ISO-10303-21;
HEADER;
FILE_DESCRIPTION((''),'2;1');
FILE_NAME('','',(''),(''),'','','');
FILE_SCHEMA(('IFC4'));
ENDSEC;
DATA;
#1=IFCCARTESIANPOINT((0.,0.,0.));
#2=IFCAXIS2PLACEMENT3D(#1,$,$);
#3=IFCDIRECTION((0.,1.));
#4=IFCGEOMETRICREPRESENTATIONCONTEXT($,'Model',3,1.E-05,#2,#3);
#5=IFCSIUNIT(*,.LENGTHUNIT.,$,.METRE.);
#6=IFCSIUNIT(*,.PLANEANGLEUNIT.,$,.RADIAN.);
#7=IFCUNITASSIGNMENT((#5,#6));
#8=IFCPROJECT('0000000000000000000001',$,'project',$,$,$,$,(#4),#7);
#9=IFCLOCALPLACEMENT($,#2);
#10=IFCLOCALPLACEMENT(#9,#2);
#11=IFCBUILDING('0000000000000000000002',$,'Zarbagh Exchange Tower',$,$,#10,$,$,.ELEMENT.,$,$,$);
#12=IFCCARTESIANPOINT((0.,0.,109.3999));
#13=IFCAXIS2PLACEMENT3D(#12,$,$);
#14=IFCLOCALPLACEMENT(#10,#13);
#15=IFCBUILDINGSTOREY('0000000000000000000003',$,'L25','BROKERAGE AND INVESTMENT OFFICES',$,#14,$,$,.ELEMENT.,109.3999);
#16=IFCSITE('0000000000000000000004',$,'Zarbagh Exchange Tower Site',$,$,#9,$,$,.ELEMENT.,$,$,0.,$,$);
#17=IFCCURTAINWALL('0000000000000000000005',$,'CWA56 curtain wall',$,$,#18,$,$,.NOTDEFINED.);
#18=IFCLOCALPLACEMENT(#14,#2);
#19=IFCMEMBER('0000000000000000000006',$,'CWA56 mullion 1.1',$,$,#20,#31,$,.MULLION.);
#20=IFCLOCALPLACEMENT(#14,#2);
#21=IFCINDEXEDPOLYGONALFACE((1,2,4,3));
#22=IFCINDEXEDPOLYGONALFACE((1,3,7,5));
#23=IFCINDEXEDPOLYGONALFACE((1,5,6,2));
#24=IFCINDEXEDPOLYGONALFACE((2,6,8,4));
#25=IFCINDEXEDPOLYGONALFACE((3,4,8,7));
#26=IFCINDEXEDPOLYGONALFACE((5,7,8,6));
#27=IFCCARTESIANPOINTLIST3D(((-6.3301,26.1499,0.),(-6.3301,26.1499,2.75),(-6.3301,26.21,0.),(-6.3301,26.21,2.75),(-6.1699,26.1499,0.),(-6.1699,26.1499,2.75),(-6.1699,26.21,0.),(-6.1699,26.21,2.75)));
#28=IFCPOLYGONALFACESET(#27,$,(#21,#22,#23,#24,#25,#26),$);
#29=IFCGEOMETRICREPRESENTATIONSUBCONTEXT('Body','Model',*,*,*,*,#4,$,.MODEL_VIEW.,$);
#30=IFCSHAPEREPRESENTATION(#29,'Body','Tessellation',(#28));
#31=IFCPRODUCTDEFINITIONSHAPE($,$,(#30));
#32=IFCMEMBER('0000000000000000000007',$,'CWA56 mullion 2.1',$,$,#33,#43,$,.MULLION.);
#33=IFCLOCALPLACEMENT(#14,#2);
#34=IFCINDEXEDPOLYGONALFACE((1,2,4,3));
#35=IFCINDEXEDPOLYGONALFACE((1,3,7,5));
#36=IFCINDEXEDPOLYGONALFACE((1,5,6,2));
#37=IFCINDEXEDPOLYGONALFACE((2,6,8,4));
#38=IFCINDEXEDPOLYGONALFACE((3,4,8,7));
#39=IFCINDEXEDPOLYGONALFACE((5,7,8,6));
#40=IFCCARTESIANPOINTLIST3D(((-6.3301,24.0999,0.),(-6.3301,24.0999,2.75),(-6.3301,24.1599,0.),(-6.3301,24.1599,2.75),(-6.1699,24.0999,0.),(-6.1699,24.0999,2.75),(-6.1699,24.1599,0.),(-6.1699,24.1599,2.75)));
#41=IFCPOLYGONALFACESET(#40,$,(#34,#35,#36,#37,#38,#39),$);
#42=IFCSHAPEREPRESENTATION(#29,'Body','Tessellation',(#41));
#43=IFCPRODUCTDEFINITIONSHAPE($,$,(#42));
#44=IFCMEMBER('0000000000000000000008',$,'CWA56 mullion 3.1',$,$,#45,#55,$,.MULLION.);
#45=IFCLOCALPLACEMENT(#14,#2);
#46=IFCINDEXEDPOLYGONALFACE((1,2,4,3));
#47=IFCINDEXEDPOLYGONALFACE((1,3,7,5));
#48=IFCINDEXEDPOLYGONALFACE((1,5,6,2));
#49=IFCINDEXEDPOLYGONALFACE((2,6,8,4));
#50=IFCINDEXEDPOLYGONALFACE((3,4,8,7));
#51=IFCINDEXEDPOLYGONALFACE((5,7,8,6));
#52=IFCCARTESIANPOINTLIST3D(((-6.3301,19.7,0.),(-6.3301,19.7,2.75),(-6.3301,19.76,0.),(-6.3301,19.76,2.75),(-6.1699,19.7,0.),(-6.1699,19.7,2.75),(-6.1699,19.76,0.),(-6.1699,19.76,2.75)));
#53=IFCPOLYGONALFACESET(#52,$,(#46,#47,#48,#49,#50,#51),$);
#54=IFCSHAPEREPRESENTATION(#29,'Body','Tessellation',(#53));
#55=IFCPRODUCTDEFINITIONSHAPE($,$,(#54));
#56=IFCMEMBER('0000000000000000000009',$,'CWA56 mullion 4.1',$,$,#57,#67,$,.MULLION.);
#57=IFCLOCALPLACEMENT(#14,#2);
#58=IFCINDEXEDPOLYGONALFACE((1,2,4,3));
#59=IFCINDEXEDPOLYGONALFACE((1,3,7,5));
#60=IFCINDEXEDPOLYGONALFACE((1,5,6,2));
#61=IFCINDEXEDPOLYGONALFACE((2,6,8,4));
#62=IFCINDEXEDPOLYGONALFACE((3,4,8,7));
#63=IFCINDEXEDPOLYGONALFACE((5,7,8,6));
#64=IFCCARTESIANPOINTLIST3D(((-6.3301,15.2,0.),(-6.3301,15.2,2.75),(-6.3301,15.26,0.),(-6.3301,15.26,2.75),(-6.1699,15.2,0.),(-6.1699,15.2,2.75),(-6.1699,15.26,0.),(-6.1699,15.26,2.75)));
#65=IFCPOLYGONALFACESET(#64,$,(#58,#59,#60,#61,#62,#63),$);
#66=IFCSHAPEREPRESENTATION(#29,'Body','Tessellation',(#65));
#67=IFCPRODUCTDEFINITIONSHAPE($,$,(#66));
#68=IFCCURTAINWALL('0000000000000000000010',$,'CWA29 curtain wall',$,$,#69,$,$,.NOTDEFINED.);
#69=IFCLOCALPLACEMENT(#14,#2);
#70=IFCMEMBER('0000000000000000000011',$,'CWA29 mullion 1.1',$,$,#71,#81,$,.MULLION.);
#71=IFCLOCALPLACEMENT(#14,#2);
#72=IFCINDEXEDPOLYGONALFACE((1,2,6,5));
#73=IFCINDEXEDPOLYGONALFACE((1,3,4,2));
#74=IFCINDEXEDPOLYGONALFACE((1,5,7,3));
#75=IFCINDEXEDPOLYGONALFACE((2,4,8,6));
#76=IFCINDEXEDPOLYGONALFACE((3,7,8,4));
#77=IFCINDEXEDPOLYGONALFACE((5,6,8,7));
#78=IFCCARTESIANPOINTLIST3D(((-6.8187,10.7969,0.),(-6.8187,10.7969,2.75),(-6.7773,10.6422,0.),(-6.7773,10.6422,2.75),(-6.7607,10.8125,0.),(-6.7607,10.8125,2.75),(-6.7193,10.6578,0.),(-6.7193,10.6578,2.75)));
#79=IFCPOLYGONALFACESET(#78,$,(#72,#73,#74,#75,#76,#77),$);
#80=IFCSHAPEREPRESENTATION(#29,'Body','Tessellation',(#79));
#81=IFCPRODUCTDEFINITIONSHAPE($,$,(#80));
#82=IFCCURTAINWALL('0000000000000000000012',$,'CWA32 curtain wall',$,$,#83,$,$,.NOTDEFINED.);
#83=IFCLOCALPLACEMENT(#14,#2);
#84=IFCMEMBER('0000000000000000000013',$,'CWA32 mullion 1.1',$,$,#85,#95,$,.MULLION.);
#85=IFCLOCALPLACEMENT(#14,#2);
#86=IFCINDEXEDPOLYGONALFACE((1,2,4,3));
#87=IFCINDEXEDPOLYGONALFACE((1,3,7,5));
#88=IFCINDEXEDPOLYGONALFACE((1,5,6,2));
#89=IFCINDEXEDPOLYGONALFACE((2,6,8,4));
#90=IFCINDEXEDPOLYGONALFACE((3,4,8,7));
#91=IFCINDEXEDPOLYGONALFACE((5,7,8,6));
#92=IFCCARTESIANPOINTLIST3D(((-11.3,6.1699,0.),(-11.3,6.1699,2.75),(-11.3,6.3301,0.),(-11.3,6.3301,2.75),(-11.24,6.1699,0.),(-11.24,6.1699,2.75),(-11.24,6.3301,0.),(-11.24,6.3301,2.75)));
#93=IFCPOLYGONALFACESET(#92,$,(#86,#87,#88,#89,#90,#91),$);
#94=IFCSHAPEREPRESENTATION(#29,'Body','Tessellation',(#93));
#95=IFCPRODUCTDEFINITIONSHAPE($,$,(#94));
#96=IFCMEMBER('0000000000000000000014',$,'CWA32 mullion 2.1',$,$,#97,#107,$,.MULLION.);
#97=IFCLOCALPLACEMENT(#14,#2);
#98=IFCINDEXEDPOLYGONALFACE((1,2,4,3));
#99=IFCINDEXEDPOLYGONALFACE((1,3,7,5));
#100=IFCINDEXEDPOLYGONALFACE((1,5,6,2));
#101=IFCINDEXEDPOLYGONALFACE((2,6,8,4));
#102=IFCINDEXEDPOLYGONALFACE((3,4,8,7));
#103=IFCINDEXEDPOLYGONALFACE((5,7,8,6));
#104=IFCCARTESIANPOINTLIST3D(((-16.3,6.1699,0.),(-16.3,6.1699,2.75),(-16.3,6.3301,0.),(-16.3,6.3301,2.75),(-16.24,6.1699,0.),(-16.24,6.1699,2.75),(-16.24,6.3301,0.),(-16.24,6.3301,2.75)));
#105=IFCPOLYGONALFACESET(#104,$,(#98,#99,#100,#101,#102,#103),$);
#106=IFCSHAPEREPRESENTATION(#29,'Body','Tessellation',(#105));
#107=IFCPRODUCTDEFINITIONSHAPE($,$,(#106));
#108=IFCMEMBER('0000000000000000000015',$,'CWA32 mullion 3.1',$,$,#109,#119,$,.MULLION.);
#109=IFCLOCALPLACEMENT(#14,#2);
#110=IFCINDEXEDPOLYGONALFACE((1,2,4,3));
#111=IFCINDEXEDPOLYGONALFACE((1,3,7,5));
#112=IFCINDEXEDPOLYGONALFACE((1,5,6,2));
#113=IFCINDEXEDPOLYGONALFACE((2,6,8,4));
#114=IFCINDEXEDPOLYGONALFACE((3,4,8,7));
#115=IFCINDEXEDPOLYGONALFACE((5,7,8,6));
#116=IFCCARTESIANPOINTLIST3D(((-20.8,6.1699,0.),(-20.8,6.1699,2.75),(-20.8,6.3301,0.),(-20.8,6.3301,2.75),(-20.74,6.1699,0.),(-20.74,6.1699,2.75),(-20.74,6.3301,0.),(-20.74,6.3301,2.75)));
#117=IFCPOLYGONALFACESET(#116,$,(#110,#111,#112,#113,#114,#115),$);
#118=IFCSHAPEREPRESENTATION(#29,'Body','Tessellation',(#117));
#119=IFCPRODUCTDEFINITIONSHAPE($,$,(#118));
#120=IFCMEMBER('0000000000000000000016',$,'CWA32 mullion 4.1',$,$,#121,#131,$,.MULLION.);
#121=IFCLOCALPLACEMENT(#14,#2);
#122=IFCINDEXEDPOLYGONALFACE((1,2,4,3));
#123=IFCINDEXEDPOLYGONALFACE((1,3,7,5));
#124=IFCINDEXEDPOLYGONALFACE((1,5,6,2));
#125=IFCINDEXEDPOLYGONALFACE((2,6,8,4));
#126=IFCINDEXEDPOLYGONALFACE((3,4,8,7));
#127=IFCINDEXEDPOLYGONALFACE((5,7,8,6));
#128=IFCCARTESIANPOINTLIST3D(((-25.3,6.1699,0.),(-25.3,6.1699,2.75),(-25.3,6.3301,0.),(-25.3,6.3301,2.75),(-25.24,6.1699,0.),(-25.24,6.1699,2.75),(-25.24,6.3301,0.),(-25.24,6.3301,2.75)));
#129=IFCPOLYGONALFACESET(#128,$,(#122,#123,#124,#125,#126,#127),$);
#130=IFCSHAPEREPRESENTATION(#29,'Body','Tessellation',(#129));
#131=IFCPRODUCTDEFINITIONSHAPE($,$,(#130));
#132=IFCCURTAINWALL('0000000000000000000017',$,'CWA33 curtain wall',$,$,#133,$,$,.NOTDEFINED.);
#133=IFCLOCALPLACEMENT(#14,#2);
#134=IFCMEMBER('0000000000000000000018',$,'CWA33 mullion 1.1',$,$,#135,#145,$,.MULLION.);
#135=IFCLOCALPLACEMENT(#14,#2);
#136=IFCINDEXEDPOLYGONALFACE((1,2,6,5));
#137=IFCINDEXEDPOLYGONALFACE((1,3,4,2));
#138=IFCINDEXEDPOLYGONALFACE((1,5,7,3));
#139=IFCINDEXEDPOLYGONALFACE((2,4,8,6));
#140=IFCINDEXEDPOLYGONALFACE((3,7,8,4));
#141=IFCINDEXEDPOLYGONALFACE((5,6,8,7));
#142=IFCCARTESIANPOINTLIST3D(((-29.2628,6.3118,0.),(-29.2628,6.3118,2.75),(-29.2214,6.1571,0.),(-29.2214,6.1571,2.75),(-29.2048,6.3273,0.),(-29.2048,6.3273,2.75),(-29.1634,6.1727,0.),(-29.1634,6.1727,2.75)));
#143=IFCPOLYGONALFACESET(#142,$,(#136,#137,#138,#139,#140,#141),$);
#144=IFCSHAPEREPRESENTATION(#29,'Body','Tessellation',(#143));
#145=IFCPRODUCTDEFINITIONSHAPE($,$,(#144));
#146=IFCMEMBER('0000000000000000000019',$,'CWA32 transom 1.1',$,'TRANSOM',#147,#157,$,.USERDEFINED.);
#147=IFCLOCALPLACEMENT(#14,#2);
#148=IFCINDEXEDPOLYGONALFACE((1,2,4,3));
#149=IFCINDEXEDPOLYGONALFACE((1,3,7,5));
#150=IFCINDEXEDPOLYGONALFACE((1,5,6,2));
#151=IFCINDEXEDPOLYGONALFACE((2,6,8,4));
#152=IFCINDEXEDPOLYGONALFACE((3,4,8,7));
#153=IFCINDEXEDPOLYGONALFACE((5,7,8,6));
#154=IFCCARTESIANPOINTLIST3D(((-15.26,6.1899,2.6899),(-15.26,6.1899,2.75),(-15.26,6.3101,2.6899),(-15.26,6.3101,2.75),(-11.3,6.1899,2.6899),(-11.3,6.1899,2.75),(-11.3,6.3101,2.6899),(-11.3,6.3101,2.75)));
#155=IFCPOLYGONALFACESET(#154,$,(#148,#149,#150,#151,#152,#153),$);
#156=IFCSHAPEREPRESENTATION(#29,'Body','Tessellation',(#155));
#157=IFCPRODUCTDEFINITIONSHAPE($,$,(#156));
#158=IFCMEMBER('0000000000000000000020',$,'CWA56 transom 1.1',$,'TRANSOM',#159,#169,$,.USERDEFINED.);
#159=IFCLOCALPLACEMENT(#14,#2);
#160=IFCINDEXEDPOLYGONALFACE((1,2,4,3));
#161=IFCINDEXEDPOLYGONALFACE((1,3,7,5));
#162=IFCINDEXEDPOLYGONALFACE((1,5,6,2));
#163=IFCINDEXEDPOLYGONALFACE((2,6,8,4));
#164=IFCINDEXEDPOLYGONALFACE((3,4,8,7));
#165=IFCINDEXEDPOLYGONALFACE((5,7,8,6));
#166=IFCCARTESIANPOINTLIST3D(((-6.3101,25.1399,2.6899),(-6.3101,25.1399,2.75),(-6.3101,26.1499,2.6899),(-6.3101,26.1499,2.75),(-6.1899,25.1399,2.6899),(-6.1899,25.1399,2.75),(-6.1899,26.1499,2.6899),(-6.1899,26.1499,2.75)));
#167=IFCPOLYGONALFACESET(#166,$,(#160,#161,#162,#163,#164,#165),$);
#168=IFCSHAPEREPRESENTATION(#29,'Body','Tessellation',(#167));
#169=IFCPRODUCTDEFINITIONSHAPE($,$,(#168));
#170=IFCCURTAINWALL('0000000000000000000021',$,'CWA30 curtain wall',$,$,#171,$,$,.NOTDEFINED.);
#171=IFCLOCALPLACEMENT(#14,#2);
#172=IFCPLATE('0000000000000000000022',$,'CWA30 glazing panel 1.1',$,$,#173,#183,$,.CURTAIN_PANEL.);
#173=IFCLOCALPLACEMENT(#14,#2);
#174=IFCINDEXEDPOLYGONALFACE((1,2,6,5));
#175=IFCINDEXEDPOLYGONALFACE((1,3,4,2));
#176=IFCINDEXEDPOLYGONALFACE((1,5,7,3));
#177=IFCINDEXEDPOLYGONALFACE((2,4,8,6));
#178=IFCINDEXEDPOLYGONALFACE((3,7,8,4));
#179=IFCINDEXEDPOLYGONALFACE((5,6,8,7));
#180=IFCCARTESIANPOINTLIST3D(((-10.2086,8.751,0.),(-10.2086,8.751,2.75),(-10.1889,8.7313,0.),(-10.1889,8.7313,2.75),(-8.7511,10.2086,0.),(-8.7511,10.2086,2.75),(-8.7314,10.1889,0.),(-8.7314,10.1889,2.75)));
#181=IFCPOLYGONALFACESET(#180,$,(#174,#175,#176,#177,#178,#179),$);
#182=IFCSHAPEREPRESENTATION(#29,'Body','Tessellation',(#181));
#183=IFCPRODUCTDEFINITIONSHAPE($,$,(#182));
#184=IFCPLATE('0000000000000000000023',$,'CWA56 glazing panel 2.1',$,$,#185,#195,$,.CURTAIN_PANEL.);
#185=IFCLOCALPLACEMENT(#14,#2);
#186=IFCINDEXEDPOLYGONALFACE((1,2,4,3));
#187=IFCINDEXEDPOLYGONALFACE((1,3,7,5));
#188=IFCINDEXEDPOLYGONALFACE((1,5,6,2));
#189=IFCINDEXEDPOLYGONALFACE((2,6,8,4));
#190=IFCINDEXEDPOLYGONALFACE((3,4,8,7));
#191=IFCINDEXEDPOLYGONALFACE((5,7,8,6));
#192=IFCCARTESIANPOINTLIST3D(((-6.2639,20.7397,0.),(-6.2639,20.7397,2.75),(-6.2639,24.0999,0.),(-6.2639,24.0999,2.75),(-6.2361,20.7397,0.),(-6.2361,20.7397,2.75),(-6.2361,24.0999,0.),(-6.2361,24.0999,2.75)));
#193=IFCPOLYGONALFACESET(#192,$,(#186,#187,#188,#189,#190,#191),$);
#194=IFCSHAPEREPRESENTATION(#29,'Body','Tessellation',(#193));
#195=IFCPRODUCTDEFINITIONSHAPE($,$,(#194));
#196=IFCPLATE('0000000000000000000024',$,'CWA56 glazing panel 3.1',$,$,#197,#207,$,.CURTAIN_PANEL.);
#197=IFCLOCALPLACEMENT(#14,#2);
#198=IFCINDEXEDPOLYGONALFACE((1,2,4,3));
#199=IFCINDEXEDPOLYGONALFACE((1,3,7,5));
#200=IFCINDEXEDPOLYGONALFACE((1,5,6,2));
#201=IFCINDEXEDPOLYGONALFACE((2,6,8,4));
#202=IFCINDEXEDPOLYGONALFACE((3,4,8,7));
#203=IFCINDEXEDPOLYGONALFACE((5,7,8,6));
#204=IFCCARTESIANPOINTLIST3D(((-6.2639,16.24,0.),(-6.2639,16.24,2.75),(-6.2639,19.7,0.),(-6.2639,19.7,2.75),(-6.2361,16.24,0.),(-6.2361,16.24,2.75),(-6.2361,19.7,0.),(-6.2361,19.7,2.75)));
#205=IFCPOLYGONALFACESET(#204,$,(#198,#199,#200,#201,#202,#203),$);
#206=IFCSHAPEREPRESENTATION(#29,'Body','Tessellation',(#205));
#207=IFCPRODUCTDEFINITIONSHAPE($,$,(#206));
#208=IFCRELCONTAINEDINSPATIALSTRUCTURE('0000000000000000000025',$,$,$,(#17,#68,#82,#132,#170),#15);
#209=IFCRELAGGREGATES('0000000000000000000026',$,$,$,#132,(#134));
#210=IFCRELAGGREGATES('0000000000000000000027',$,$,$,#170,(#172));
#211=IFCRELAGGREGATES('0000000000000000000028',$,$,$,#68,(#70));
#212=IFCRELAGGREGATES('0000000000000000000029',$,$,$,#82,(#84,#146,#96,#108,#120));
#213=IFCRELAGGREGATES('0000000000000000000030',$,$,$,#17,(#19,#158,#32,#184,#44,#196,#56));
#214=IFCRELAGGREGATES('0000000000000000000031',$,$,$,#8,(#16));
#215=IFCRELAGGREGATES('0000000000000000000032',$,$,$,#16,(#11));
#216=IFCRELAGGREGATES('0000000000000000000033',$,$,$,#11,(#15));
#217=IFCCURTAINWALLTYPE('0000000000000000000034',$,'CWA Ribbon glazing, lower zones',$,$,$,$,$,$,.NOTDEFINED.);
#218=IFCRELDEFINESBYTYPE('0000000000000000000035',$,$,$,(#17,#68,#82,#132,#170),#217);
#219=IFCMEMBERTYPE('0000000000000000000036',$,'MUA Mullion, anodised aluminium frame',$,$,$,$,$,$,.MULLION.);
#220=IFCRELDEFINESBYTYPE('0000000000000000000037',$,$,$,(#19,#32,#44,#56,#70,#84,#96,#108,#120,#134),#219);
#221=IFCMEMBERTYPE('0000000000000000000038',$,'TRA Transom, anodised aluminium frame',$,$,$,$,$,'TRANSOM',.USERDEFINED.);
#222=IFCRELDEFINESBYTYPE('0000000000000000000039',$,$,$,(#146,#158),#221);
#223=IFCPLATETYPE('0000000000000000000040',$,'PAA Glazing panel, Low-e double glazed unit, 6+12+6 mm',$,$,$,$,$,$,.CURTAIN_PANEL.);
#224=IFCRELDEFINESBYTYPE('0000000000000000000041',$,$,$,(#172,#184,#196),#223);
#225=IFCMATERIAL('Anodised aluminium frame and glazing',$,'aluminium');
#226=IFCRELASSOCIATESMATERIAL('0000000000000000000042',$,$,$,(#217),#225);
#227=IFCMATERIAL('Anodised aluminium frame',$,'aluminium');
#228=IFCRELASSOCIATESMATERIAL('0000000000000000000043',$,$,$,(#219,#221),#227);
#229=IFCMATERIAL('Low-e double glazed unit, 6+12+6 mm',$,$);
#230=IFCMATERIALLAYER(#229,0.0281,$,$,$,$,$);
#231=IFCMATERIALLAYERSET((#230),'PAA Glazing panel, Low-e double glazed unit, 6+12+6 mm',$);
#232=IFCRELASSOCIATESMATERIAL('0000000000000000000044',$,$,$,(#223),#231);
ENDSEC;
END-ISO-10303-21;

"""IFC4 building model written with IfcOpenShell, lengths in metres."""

from ifc_helpers import new_model, si_unit, direction, frame, origin, place, context, subcontext, project, spatial, polyline, outline, extrude, source, transform, mapped, material, layer, layer_set, type_object, element, aggregate, save


model = new_model("IFC4")

# Units and contexts
model_context = context("Model", 3, precision=1e-05, world=origin(), true_north=direction((0.0, 1.0)))
body_context = subcontext(model_context, "Body", "Model", "MODEL_VIEW")
ifc_project = project(units=[si_unit("LENGTHUNIT", "METRE"), si_unit("PLANEANGLEUNIT", "RADIAN")], contexts=[model_context])

# Site, building, storey
site_placement = place(None, origin())
site = spatial("IfcSite", under=ifc_project, at=site_placement, Name="Zarbagh Exchange Tower Site", CompositionType="ELEMENT", RefElevation=0.0)
building_placement = place(site_placement, origin())
building = spatial("IfcBuilding", under=site, at=building_placement, Name="Zarbagh Exchange Tower", CompositionType="ELEMENT")
storey_placement = place(building_placement, frame((0.0, 0.0, 109.3999)))
storey = spatial("IfcBuildingStorey", under=building, at=storey_placement, Name="L25", Description="BROKERAGE AND INVESTMENT OFFICES", CompositionType="ELEMENT", Elevation=109.3999)

# Curtain wall, members
ifc_material_1 = material(Name="Anodised aluminium frame and glazing", Category="aluminium")
curtain_wall_type = type_object("IfcCurtainWallType", Name="CWA Ribbon glazing, lower zones", PredefinedType="NOTDEFINED", material=ifc_material_1)
curtain_wall_1_placement = place(storey_placement, origin())
curtain_wall_1 = element("IfcCurtainWall", 1, at=curtain_wall_1_placement, inside=storey, type_object=curtain_wall_type, Name="CWA56 curtain wall", PredefinedType="NOTDEFINED")
ifc_material_2 = material(Name="Anodised aluminium frame", Category="aluminium")
member_type_1 = type_object("IfcMemberType", Name="MUA Mullion, anodised aluminium frame", PredefinedType="MULLION", material=ifc_material_2)
shared_shape_1 = source(origin(), body_context, "Body", "SweptSolid", [
    extrude(outline(polyline([(0.0, -0.0801), (0.0601, -0.0801), (0.0601, 0.0801), (0.0, 0.0801), (0.0, -0.0801)])), origin(), (0.0, 0.0, 1.0), 2.75),
])
placement = place(storey_placement, origin())
member_1 = element("IfcMember", 2, at=placement, type_object=member_type_1, Name="CWA56 mullion 1.1", PredefinedType="MULLION", context=body_context, shape_type="MappedRepresentation", body=[
    mapped(shared_shape_1, transform((-6.25, 26.21, 0.0), x_axis=(0.0, -1.0, 0.0), y_axis=(1.0, 0.0, 0.0), z_axis=(0.0, 0.0, 1.0))),
])
member_2 = element("IfcMember", 3, at=placement, type_object=member_type_1, Name="CWA56 mullion 2.1", PredefinedType="MULLION", context=body_context, shape_type="MappedRepresentation", body=[
    mapped(shared_shape_1, transform((-6.25, 24.1599, 0.0), x_axis=(0.0, -1.0, 0.0), y_axis=(1.0, 0.0, 0.0), z_axis=(0.0, 0.0, 1.0))),
])
member_3 = element("IfcMember", 4, at=placement, type_object=member_type_1, Name="CWA56 mullion 3.1", PredefinedType="MULLION", context=body_context, shape_type="MappedRepresentation", body=[
    mapped(shared_shape_1, transform((-6.25, 19.76, 0.0), x_axis=(0.0, -1.0, 0.0), y_axis=(1.0, 0.0, 0.0), z_axis=(0.0, 0.0, 1.0))),
])
member_4 = element("IfcMember", 5, at=placement, type_object=member_type_1, Name="CWA56 mullion 4.1", PredefinedType="MULLION", context=body_context, shape_type="MappedRepresentation", body=[
    mapped(shared_shape_1, transform((-6.25, 15.26, 0.0), x_axis=(0.0, -1.0, 0.0), y_axis=(1.0, 0.0, 0.0), z_axis=(0.0, 0.0, 1.0))),
])

# Curtain wall, member
curtain_wall_2_placement = place(storey_placement, origin())
curtain_wall_2 = element("IfcCurtainWall", 6, at=curtain_wall_2_placement, inside=storey, type_object=curtain_wall_type, Name="CWA29 curtain wall", PredefinedType="NOTDEFINED")
member_5 = element("IfcMember", 7, at=placement, type_object=member_type_1, Name="CWA29 mullion 1.1", PredefinedType="MULLION", context=body_context, shape_type="MappedRepresentation", body=[
    mapped(shared_shape_1, transform((-6.74, 10.7351, 0.0), x_axis=(-0.965924, -0.258825, 0.0), y_axis=(0.258825, -0.965924, 0.0), z_axis=(0.0, 0.0, 1.0))),
])

# Curtain wall, members
curtain_wall_3_placement = place(storey_placement, origin())
curtain_wall_3 = element("IfcCurtainWall", 8, at=curtain_wall_3_placement, inside=storey, type_object=curtain_wall_type, Name="CWA32 curtain wall", PredefinedType="NOTDEFINED")
member_6 = element("IfcMember", 9, at=placement, type_object=member_type_1, Name="CWA32 mullion 1.1", PredefinedType="MULLION", context=body_context, shape_type="MappedRepresentation", body=[
    mapped(shared_shape_1, transform((-11.24, 6.25, 0.0), x_axis=(-1.0, 0.0, 0.0), y_axis=(0.0, -1.0, 0.0), z_axis=(0.0, 0.0, 1.0))),
])
member_7 = element("IfcMember", 10, at=placement, type_object=member_type_1, Name="CWA32 mullion 2.1", PredefinedType="MULLION", context=body_context, shape_type="MappedRepresentation", body=[
    mapped(shared_shape_1, transform((-16.24, 6.25, 0.0), x_axis=(-1.0, 0.0, 0.0), y_axis=(0.0, -1.0, 0.0), z_axis=(0.0, 0.0, 1.0))),
])
member_8 = element("IfcMember", 11, at=placement, type_object=member_type_1, Name="CWA32 mullion 3.1", PredefinedType="MULLION", context=body_context, shape_type="MappedRepresentation", body=[
    mapped(shared_shape_1, transform((-20.74, 6.25, 0.0), x_axis=(-1.0, 0.0, 0.0), y_axis=(0.0, -1.0, 0.0), z_axis=(0.0, 0.0, 1.0))),
])
member_9 = element("IfcMember", 12, at=placement, type_object=member_type_1, Name="CWA32 mullion 4.1", PredefinedType="MULLION", context=body_context, shape_type="MappedRepresentation", body=[
    mapped(shared_shape_1, transform((-25.24, 6.25, 0.0), x_axis=(-1.0, 0.0, 0.0), y_axis=(0.0, -1.0, 0.0), z_axis=(0.0, 0.0, 1.0))),
])

# Curtain wall, member
curtain_wall_4_placement = place(storey_placement, origin())
curtain_wall_4 = element("IfcCurtainWall", 13, at=curtain_wall_4_placement, inside=storey, type_object=curtain_wall_type, Name="CWA33 curtain wall", PredefinedType="NOTDEFINED")
member_10 = element("IfcMember", 14, at=placement, type_object=member_type_1, Name="CWA33 mullion 1.1", PredefinedType="MULLION", context=body_context, shape_type="MappedRepresentation", body=[
    mapped(shared_shape_1, transform((-29.1841, 6.25, 0.0), x_axis=(-0.965924, -0.258825, 0.0), y_axis=(0.258825, -0.965924, 0.0), z_axis=(0.0, 0.0, 1.0))),
])
aggregate(curtain_wall_4, [member_10])

# Members
member_type_2 = type_object("IfcMemberType", Name="TRA Transom, anodised aluminium frame", ElementType="TRANSOM", PredefinedType="USERDEFINED", material=ifc_material_2)
shared_shape_2 = source(origin(), body_context, "Body", "SweptSolid", [
    extrude(outline(polyline([(-0.0601, -0.0601), (0.0, -0.0601), (0.0, 0.0601), (-0.0601, 0.0601), (-0.0601, -0.0601)])), origin(), (0.0, 0.0, 1.0), 3.96),
])
member_11 = element("IfcMember", 15, at=placement, type_object=member_type_2, Name="CWA32 transom 1.1", ObjectType="TRANSOM", PredefinedType="USERDEFINED", context=body_context, shape_type="MappedRepresentation", body=[
    mapped(shared_shape_2, transform((-11.3, 6.25, 2.75), x_axis=(0.0, 0.0, 1.0), y_axis=(0.0, 1.0, 0.0), z_axis=(-1.0, 0.0, 0.0))),
])
shared_shape_3 = source(origin(), body_context, "Body", "SweptSolid", [
    extrude(outline(polyline([(-0.0601, -0.0601), (0.0, -0.0601), (0.0, 0.0601), (-0.0601, 0.0601), (-0.0601, -0.0601)])), origin(), (0.0, 0.0, 1.0), 1.01),
])
member_12 = element("IfcMember", 16, at=placement, type_object=member_type_2, Name="CWA56 transom 1.1", ObjectType="TRANSOM", PredefinedType="USERDEFINED", context=body_context, shape_type="MappedRepresentation", body=[
    mapped(shared_shape_3, transform((-6.25, 26.1499, 2.75), x_axis=(0.0, 0.0, 1.0), y_axis=(-1.0, 0.0, 0.0), z_axis=(0.0, -1.0, 0.0))),
])

# Curtain wall, plate
curtain_wall_5_placement = place(storey_placement, origin())
curtain_wall_5 = element("IfcCurtainWall", 17, at=curtain_wall_5_placement, inside=storey, type_object=curtain_wall_type, Name="CWA30 curtain wall", PredefinedType="NOTDEFINED")
ifc_material_3 = material(Name="Low-e double glazed unit, 6+12+6 mm")
ifc_layer = layer(ifc_material_3, 0.0281)
ifc_layer_set = layer_set([ifc_layer], Name="PAA Glazing panel, Low-e double glazed unit, 6+12+6 mm")
plate_type = type_object("IfcPlateType", Name="PAA Glazing panel, Low-e double glazed unit, 6+12+6 mm", PredefinedType="CURTAIN_PANEL", material=ifc_layer_set)
shared_shape_4 = source(origin(), body_context, "Body", "SweptSolid", [
    extrude(outline(polyline([(0.0, -0.0139), (2.0613, -0.0139), (2.0613, 0.0139), (0.0, 0.0139), (0.0, -0.0139)])), origin(), (0.0, 0.0, 1.0), 2.75),
])
plate_1 = element("IfcPlate", 18, at=placement, type_object=plate_type, Name="CWA30 glazing panel 1.1", PredefinedType="CURTAIN_PANEL", context=body_context, shape_type="MappedRepresentation", body=[
    mapped(shared_shape_4, transform((-8.7412, 10.1987, 0.0), x_axis=(-0.707107, -0.707107, 0.0), y_axis=(0.707107, -0.707107, 0.0), z_axis=(0.0, 0.0, 1.0))),
])
aggregate(curtain_wall_5, [plate_1])

# Plates
shared_shape_5 = source(origin(), body_context, "Body", "SweptSolid", [
    extrude(outline(polyline([(0.0, -0.0139), (3.3601, -0.0139), (3.3601, 0.0139), (0.0, 0.0139), (0.0, -0.0139)])), origin(), (0.0, 0.0, 1.0), 2.75),
])
plate_2 = element("IfcPlate", 19, at=placement, type_object=plate_type, Name="CWA56 glazing panel 2.1", PredefinedType="CURTAIN_PANEL", context=body_context, shape_type="MappedRepresentation", body=[
    mapped(shared_shape_5, transform((-6.25, 24.0999, 0.0), x_axis=(0.0, -1.0, 0.0), y_axis=(1.0, 0.0, 0.0), z_axis=(0.0, 0.0, 1.0))),
])
shared_shape_6 = source(origin(), body_context, "Body", "SweptSolid", [
    extrude(outline(polyline([(0.0, -0.0139), (3.46, -0.0139), (3.46, 0.0139), (0.0, 0.0139), (0.0, -0.0139)])), origin(), (0.0, 0.0, 1.0), 2.75),
])
plate_3 = element("IfcPlate", 20, at=placement, type_object=plate_type, Name="CWA56 glazing panel 3.1", PredefinedType="CURTAIN_PANEL", context=body_context, shape_type="MappedRepresentation", body=[
    mapped(shared_shape_6, transform((-6.25, 19.7, 0.0), x_axis=(0.0, -1.0, 0.0), y_axis=(1.0, 0.0, 0.0), z_axis=(0.0, 0.0, 1.0))),
])
aggregate(curtain_wall_2, [member_5])

aggregate(curtain_wall_3, [member_6, member_11, member_7, member_8, member_9])

aggregate(curtain_wall_1, [member_1, member_12, member_2, plate_2, member_3, plate_3, member_4])

save(model, "model.ifc")
